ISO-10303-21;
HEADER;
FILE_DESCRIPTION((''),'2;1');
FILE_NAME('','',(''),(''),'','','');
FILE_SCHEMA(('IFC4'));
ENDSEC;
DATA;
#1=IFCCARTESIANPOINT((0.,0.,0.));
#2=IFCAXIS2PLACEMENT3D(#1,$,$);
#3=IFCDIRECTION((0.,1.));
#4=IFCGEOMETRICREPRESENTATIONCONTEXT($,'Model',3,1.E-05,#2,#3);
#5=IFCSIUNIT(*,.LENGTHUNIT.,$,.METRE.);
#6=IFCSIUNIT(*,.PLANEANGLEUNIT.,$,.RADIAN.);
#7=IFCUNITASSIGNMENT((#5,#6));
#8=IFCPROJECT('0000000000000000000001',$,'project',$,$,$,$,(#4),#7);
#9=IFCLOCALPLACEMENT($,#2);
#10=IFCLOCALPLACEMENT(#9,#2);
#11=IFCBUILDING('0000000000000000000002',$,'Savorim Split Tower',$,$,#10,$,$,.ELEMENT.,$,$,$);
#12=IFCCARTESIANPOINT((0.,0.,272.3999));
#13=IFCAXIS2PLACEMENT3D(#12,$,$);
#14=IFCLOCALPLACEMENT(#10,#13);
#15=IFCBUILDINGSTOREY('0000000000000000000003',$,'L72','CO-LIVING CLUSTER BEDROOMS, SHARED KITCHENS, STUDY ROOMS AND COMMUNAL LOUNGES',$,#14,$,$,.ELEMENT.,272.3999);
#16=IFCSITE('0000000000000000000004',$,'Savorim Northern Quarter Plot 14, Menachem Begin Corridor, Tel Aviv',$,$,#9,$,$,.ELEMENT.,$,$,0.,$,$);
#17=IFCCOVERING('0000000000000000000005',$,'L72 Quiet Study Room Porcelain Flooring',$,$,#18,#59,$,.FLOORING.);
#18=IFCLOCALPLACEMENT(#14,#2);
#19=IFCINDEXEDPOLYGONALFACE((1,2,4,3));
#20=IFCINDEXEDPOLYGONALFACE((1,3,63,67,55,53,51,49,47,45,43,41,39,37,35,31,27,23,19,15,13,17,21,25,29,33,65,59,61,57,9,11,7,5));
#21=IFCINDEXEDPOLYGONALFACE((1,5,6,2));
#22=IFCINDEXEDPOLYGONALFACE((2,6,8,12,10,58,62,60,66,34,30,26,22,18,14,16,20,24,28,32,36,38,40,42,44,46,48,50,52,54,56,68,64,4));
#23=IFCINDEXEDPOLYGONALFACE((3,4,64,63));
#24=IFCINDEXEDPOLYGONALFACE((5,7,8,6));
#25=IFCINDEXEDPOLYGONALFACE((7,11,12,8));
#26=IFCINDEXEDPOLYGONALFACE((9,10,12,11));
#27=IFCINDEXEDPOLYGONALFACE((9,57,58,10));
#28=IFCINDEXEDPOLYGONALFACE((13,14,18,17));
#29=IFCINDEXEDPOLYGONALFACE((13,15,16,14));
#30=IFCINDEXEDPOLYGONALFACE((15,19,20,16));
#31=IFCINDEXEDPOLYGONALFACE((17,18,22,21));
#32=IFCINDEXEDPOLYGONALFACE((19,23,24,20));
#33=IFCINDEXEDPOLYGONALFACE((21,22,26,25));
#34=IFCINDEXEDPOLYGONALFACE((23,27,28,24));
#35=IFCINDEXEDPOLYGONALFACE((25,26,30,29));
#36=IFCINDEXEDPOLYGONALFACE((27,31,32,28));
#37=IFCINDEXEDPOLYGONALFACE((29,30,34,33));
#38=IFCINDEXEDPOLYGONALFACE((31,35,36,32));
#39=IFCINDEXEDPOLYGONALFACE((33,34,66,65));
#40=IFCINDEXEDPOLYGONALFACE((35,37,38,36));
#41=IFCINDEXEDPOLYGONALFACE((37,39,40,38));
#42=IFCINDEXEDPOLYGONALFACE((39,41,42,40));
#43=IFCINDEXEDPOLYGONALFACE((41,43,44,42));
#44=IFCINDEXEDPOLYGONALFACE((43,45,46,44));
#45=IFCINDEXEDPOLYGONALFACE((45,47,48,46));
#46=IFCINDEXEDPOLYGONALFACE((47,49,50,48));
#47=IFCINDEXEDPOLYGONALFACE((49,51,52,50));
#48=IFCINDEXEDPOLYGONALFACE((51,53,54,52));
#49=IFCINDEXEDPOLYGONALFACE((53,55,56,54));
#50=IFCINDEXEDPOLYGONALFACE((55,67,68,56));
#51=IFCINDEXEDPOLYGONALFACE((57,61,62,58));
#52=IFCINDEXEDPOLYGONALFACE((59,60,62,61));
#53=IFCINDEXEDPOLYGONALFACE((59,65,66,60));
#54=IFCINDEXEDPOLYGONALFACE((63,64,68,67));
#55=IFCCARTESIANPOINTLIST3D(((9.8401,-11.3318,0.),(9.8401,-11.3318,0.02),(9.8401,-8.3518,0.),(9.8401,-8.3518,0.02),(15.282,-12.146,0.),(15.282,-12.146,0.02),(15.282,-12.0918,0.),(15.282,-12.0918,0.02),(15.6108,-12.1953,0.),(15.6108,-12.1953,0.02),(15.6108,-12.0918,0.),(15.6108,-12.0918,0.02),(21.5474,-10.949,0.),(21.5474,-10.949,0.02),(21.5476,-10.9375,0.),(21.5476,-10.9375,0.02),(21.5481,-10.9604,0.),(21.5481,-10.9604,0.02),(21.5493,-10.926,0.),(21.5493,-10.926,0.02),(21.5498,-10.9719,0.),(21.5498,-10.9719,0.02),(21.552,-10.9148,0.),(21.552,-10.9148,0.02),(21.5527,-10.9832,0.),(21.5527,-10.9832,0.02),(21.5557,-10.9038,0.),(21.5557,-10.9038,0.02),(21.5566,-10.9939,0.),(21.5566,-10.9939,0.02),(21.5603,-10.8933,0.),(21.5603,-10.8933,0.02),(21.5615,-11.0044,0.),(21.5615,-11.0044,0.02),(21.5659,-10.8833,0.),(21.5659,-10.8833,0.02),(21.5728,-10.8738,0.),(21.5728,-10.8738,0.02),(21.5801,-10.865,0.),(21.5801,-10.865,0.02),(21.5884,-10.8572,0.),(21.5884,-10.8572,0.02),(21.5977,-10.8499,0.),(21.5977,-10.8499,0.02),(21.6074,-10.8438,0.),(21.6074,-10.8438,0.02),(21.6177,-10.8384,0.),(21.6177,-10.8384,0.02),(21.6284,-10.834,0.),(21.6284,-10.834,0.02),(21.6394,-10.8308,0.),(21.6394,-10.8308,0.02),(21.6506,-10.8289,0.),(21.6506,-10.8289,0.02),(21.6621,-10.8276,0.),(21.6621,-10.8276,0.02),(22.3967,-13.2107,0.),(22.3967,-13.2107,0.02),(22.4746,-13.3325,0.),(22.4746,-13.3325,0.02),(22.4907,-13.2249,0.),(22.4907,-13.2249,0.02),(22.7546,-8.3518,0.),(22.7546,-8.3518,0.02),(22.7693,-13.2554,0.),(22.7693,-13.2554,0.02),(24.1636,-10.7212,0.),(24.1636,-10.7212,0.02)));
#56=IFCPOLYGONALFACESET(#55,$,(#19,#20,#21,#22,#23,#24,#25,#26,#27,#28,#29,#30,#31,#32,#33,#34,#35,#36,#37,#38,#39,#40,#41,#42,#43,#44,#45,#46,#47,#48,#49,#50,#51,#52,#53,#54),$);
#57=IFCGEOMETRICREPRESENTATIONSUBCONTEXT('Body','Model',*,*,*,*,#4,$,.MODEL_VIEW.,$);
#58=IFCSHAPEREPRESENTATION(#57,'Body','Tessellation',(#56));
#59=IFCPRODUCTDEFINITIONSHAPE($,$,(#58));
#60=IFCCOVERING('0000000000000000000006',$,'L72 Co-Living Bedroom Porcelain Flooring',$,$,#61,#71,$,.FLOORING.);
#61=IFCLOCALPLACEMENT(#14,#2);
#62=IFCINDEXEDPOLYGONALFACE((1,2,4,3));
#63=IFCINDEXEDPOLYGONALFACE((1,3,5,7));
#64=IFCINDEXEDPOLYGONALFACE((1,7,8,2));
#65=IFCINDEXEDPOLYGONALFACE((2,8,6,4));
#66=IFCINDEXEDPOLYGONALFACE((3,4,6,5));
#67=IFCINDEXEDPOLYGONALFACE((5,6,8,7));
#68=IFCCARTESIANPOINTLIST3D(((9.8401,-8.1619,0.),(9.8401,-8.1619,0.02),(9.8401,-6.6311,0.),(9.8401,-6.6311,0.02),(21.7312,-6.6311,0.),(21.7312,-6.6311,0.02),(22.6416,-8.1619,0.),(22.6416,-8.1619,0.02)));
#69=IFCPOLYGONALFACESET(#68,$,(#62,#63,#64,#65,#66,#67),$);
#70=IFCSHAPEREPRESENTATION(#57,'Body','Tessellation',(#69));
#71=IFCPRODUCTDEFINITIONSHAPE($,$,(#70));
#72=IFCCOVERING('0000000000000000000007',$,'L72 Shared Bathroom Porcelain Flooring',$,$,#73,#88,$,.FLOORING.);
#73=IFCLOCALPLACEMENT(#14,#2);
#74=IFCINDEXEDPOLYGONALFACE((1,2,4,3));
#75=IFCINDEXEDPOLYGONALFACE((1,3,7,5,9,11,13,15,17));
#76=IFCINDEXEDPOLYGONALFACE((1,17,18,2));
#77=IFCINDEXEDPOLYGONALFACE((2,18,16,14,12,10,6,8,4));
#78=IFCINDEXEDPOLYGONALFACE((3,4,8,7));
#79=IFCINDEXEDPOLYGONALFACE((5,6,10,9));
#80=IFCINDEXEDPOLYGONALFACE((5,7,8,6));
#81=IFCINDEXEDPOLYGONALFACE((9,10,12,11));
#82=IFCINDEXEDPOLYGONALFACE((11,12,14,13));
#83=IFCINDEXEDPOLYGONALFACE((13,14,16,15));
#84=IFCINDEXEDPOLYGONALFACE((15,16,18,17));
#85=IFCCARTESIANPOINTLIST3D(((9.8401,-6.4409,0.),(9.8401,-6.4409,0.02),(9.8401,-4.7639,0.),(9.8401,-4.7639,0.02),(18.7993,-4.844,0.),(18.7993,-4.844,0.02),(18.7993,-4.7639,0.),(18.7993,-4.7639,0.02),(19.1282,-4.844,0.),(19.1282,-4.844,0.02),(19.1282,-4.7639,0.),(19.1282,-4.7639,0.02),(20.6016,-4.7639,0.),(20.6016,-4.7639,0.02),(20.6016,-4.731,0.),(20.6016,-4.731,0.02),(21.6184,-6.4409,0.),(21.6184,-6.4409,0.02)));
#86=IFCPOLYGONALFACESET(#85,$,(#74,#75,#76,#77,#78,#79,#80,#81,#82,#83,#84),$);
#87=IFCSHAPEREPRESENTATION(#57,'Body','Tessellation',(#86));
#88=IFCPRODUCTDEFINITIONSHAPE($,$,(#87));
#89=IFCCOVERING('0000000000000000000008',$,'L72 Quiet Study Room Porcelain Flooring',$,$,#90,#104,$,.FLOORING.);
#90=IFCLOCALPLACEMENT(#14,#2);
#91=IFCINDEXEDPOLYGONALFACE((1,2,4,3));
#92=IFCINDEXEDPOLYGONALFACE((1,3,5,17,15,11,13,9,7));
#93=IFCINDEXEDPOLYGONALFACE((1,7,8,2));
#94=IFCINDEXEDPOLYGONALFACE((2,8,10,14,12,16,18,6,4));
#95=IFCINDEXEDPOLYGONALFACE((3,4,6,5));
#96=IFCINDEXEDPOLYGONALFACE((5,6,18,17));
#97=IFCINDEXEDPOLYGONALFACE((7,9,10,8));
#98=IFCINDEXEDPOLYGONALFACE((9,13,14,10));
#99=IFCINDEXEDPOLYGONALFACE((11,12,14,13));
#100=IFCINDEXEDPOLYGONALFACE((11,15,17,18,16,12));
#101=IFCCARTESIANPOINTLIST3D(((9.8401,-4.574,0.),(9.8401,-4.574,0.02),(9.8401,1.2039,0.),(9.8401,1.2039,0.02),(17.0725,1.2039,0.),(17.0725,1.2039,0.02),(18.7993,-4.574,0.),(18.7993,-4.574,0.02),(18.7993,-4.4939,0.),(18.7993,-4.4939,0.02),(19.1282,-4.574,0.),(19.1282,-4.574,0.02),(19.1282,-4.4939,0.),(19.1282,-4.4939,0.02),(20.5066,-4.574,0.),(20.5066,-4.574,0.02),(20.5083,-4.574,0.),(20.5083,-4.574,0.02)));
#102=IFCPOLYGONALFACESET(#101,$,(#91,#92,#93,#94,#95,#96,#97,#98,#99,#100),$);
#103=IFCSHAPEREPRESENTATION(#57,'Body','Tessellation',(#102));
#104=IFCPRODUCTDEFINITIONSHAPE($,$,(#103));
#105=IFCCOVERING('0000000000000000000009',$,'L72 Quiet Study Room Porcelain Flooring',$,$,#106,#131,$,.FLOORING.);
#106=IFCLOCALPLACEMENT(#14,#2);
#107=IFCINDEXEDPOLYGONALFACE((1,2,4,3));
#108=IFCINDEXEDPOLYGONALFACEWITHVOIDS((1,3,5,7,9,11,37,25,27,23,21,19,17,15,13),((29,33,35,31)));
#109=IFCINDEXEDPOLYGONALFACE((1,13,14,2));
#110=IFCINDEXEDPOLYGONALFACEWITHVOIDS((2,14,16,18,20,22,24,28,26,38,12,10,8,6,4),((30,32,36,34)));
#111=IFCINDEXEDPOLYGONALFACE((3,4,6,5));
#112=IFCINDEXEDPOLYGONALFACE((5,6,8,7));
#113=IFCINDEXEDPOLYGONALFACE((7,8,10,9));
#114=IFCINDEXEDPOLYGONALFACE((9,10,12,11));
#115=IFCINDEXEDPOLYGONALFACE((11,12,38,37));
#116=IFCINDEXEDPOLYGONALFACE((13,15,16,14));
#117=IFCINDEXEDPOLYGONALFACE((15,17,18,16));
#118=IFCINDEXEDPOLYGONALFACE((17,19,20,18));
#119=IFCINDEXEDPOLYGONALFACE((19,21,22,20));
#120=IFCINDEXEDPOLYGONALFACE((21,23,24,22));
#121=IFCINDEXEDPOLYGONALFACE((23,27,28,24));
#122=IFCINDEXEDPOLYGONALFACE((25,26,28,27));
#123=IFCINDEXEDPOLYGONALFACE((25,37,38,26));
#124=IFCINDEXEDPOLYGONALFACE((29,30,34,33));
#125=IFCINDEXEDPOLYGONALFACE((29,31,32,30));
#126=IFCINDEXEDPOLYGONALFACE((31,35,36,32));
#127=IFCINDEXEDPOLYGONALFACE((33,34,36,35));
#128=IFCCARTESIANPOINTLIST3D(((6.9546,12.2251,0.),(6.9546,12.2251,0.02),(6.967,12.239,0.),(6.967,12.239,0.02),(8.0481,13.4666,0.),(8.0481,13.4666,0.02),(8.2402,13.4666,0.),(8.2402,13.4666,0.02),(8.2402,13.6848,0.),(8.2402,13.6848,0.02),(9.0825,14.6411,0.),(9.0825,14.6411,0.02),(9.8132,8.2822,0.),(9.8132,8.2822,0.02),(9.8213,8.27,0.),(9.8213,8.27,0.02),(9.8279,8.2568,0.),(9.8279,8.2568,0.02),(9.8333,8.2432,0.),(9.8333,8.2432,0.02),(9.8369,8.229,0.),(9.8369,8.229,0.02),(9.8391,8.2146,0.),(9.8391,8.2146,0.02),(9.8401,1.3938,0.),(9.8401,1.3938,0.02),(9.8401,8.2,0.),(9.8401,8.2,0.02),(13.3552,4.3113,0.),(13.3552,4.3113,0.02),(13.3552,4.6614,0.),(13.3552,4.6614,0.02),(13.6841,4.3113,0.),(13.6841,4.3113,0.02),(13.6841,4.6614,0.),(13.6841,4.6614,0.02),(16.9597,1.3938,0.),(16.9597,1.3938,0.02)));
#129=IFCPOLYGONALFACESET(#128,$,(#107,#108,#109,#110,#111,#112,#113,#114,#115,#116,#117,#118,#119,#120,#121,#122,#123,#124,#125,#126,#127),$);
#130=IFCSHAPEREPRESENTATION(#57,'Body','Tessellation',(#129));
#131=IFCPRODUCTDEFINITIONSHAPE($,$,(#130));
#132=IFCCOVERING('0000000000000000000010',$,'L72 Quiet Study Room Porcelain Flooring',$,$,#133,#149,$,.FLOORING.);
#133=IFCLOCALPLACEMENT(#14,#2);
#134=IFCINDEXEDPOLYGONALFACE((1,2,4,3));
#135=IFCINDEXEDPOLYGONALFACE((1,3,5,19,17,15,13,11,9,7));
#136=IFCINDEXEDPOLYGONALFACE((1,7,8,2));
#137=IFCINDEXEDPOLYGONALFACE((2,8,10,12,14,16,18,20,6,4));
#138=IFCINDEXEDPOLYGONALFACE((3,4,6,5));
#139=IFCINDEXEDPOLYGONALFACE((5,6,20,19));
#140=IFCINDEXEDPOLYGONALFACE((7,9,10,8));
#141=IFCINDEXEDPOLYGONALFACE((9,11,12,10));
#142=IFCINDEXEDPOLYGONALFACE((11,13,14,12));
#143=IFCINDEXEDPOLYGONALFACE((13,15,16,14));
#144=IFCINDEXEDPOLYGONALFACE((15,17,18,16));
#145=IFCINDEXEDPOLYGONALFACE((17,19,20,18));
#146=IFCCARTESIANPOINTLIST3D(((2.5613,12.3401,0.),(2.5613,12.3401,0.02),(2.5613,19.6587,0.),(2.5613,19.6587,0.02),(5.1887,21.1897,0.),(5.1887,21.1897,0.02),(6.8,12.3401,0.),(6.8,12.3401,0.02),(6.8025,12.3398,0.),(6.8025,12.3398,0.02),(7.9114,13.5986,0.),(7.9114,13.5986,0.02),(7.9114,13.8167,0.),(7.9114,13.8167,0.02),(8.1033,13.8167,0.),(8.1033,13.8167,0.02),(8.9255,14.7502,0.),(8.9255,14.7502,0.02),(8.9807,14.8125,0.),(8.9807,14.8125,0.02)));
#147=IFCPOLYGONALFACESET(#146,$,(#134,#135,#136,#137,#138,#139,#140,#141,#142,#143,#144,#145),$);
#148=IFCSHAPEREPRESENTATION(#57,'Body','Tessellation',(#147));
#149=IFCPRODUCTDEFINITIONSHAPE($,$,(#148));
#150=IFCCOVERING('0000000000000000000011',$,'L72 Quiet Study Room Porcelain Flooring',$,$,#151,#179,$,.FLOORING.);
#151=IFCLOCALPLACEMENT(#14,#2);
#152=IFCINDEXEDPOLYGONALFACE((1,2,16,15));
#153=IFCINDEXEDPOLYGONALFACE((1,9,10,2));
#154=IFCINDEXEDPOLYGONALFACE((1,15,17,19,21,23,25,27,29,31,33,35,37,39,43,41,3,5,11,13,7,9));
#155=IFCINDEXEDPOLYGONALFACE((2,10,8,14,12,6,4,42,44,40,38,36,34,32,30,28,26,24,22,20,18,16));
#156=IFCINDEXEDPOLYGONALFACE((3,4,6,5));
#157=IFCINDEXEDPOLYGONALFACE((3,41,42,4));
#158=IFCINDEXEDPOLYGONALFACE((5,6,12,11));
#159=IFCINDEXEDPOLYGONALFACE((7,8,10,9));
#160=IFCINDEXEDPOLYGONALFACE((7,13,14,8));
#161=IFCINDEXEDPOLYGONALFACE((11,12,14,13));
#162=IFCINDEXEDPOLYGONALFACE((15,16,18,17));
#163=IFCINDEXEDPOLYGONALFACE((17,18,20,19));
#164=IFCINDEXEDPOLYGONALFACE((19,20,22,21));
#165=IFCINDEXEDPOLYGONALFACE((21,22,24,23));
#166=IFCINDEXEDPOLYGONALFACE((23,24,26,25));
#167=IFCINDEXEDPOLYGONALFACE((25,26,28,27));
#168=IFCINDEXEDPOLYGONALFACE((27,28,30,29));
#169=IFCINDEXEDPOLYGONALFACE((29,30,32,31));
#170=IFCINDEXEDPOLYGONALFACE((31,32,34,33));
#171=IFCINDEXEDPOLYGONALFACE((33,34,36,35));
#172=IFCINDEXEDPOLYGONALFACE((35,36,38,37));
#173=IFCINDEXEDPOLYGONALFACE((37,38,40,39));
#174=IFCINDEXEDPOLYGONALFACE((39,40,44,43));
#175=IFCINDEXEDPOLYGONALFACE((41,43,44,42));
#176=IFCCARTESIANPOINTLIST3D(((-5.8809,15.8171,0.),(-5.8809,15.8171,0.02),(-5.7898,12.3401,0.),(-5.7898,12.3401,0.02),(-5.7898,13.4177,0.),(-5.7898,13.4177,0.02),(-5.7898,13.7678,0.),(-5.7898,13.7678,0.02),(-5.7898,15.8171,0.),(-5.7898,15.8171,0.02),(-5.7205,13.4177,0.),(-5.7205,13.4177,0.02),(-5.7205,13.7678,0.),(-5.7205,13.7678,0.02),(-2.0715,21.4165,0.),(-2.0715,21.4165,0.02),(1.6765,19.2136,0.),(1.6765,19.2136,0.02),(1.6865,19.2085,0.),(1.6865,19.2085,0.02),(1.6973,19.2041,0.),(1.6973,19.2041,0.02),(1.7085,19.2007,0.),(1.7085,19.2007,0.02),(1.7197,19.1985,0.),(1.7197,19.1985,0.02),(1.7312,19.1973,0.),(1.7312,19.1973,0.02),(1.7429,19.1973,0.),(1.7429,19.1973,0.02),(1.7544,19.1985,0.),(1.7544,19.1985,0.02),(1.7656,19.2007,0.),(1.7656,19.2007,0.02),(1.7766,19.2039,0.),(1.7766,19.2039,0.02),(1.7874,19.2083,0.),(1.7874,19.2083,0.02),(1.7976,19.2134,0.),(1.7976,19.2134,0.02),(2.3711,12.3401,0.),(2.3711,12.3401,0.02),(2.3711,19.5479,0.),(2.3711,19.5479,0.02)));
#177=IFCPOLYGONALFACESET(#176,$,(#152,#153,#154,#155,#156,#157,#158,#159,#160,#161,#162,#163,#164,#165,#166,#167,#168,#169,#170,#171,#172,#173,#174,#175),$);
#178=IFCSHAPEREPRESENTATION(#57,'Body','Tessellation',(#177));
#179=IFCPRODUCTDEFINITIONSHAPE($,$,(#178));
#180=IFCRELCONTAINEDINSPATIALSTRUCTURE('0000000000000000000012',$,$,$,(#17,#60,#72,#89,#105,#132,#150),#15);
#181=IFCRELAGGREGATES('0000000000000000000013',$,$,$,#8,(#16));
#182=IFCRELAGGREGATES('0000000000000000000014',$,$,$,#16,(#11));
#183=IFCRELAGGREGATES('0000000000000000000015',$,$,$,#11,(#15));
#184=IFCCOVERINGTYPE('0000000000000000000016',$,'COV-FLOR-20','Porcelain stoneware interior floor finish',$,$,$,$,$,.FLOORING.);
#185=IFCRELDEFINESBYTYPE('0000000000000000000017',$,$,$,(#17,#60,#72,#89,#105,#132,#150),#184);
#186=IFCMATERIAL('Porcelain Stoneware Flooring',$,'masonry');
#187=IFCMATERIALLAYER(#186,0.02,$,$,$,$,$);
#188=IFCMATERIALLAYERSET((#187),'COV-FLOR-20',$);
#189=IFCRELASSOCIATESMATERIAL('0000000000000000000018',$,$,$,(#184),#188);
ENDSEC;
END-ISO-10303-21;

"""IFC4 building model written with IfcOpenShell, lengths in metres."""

from ifc_helpers import new_model, si_unit, direction, frame, origin, place, context, subcontext, project, spatial, polyline, outline, extrude, material, layer, layer_set, type_object, element, save


model = new_model("IFC4")

# Units and contexts
model_context = context("Model", 3, precision=1e-05, world=origin(), true_north=direction((0.0, 1.0)))
body_context = subcontext(model_context, "Body", "Model", "MODEL_VIEW")
ifc_project = project(units=[si_unit("LENGTHUNIT", "METRE"), si_unit("PLANEANGLEUNIT", "RADIAN")], contexts=[model_context])

# Site, building, storey
site_placement = place(None, origin())
site = spatial("IfcSite", under=ifc_project, at=site_placement, Name="Savorim Northern Quarter Plot 14, Menachem Begin Corridor, Tel Aviv", CompositionType="ELEMENT", RefElevation=0.0)
building_placement = place(site_placement, origin())
building = spatial("IfcBuilding", under=site, at=building_placement, Name="Savorim Split Tower", CompositionType="ELEMENT")
storey_placement = place(building_placement, frame((0.0, 0.0, 272.3999)))
storey = spatial("IfcBuildingStorey", under=building, at=storey_placement, Name="L72", Description="CO-LIVING CLUSTER BEDROOMS, SHARED KITCHENS, STUDY ROOMS AND COMMUNAL LOUNGES", CompositionType="ELEMENT", Elevation=272.3999)

# Coverings
ifc_material_1 = material(Name="Porcelain Stoneware Flooring", Category="masonry")
ifc_layer_1 = layer(ifc_material_1, 0.02)
ifc_layer_set_1 = layer_set([ifc_layer_1], Name="COV-FLOR-20")
covering_type_1 = type_object("IfcCoveringType", Name="COV-FLOR-20", Description="Porcelain stoneware interior floor finish", PredefinedType="FLOORING", material=ifc_layer_set_1)
covering_1_placement = place(storey_placement, origin())
element("IfcCovering", 1, at=covering_1_placement, inside=storey, type_object=covering_type_1, Name="L72 Quiet Study Room Porcelain Flooring", PredefinedType="FLOORING", context=body_context, shape_type="SweptSolid", body=[
    extrude(outline(polyline([(21.6394, -10.8308), (21.6506, -10.8289), (21.6621, -10.8276), (24.1636, -10.7212), (22.7546, -8.3518), (9.8401, -8.3518), (9.8401, -11.3318), (15.282, -12.146), (15.282, -12.0918), (15.6108, -12.0918), (15.6108, -12.1953), (22.3967, -13.2107), (22.4907, -13.2249), (22.4746, -13.3325), (22.7693, -13.2554), (21.5615, -11.0044), (21.5566, -10.9939), (21.5527, -10.9832), (21.5498, -10.9719), (21.5481, -10.9604), (21.5474, -10.949), (21.5476, -10.9375), (21.5493, -10.926), (21.552, -10.9148), (21.5557, -10.9038), (21.5603, -10.8933), (21.5659, -10.8833), (21.5728, -10.8738), (21.5801, -10.865), (21.5884, -10.8572), (21.5977, -10.8499), (21.6074, -10.8438), (21.6177, -10.8384), (21.6284, -10.834), (21.6394, -10.8308)])), origin(), (0.0, 0.0, 1.0), 0.02),
])
covering_2_placement = place(storey_placement, origin())
element("IfcCovering", 2, at=covering_2_placement, inside=storey, type_object=covering_type_1, Name="L72 Co-Living Bedroom Porcelain Flooring", PredefinedType="FLOORING", context=body_context, shape_type="SweptSolid", body=[
    extrude(outline(polyline([(22.6416, -8.1619), (21.7312, -6.6311), (9.8401, -6.6311), (9.8401, -8.1619), (22.6416, -8.1619)])), origin(), (0.0, 0.0, 1.0), 0.02),
])
covering_3_placement = place(storey_placement, origin())
element("IfcCovering", 3, at=covering_3_placement, inside=storey, type_object=covering_type_1, Name="L72 Shared Bathroom Porcelain Flooring", PredefinedType="FLOORING", context=body_context, shape_type="SweptSolid", body=[
    extrude(outline(polyline([(18.7993, -4.844), (18.7993, -4.7639), (9.8401, -4.7639), (9.8401, -6.4409), (21.6184, -6.4409), (20.6016, -4.731), (20.6016, -4.7639), (19.1282, -4.7639), (19.1282, -4.844), (18.7993, -4.844)])), origin(), (0.0, 0.0, 1.0), 0.02),
])
covering_4_placement = place(storey_placement, origin())
element("IfcCovering", 4, at=covering_4_placement, inside=storey, type_object=covering_type_1, Name="L72 Quiet Study Room Porcelain Flooring", PredefinedType="FLOORING", context=body_context, shape_type="SweptSolid", body=[
    extrude(outline(polyline([(19.1282, -4.4939), (19.1282, -4.574), (20.5066, -4.574), (20.5083, -4.574), (17.0725, 1.2039), (9.8401, 1.2039), (9.8401, -4.574), (18.7993, -4.574), (18.7993, -4.4939), (19.1282, -4.4939)])), origin(), (0.0, 0.0, 1.0), 0.02),
])
covering_5_placement = place(storey_placement, origin())
element("IfcCovering", 5, at=covering_5_placement, inside=storey, type_object=covering_type_1, Name="L72 Quiet Study Room Porcelain Flooring", PredefinedType="FLOORING", context=body_context, shape_type="SweptSolid", body=[
    extrude(outline(polyline([(9.8369, 8.229), (9.8391, 8.2146), (9.8401, 8.2), (9.8401, 1.3938), (16.9597, 1.3938), (9.0825, 14.6411), (8.2402, 13.6848), (8.2402, 13.4666), (8.0481, 13.4666), (6.967, 12.239), (6.9546, 12.2251), (9.8132, 8.2822), (9.8213, 8.27), (9.8279, 8.2568), (9.8333, 8.2432), (9.8369, 8.229)]), holes=[polyline([(13.6841, 4.3113), (13.6841, 4.6614), (13.3552, 4.6614), (13.3552, 4.3113), (13.6841, 4.3113)])]), origin(), (0.0, 0.0, 1.0), 0.02),
])
covering_6_placement = place(storey_placement, origin())
element("IfcCovering", 6, at=covering_6_placement, inside=storey, type_object=covering_type_1, Name="L72 Quiet Study Room Porcelain Flooring", PredefinedType="FLOORING", context=body_context, shape_type="SweptSolid", body=[
    extrude(outline(polyline([(8.9255, 14.7502), (8.9807, 14.8125), (5.1887, 21.1897), (2.5613, 19.6587), (2.5613, 12.3401), (6.8, 12.3401), (6.8025, 12.3398), (7.9114, 13.5986), (7.9114, 13.8167), (8.1033, 13.8167), (8.9255, 14.7502)])), origin(), (0.0, 0.0, 1.0), 0.02),
])
covering_7_placement = place(storey_placement, origin())
element("IfcCovering", 7, at=covering_7_placement, inside=storey, type_object=covering_type_1, Name="L72 Quiet Study Room Porcelain Flooring", PredefinedType="FLOORING", context=body_context, shape_type="SweptSolid", body=[
    extrude(outline(polyline([(1.6973, 19.2041), (1.6865, 19.2085), (1.6765, 19.2136), (-2.0715, 21.4165), (-5.8809, 15.8171), (-5.7898, 15.8171), (-5.7898, 13.7678), (-5.7205, 13.7678), (-5.7205, 13.4177), (-5.7898, 13.4177), (-5.7898, 12.3401), (2.3711, 12.3401), (2.3711, 19.5479), (1.7976, 19.2134), (1.7874, 19.2083), (1.7766, 19.2039), (1.7656, 19.2007), (1.7544, 19.1985), (1.7429, 19.1973), (1.7312, 19.1973), (1.7197, 19.1985), (1.7085, 19.2007), (1.6973, 19.2041)])), origin(), (0.0, 0.0, 1.0), 0.02),
])

save(model, "model.ifc")
